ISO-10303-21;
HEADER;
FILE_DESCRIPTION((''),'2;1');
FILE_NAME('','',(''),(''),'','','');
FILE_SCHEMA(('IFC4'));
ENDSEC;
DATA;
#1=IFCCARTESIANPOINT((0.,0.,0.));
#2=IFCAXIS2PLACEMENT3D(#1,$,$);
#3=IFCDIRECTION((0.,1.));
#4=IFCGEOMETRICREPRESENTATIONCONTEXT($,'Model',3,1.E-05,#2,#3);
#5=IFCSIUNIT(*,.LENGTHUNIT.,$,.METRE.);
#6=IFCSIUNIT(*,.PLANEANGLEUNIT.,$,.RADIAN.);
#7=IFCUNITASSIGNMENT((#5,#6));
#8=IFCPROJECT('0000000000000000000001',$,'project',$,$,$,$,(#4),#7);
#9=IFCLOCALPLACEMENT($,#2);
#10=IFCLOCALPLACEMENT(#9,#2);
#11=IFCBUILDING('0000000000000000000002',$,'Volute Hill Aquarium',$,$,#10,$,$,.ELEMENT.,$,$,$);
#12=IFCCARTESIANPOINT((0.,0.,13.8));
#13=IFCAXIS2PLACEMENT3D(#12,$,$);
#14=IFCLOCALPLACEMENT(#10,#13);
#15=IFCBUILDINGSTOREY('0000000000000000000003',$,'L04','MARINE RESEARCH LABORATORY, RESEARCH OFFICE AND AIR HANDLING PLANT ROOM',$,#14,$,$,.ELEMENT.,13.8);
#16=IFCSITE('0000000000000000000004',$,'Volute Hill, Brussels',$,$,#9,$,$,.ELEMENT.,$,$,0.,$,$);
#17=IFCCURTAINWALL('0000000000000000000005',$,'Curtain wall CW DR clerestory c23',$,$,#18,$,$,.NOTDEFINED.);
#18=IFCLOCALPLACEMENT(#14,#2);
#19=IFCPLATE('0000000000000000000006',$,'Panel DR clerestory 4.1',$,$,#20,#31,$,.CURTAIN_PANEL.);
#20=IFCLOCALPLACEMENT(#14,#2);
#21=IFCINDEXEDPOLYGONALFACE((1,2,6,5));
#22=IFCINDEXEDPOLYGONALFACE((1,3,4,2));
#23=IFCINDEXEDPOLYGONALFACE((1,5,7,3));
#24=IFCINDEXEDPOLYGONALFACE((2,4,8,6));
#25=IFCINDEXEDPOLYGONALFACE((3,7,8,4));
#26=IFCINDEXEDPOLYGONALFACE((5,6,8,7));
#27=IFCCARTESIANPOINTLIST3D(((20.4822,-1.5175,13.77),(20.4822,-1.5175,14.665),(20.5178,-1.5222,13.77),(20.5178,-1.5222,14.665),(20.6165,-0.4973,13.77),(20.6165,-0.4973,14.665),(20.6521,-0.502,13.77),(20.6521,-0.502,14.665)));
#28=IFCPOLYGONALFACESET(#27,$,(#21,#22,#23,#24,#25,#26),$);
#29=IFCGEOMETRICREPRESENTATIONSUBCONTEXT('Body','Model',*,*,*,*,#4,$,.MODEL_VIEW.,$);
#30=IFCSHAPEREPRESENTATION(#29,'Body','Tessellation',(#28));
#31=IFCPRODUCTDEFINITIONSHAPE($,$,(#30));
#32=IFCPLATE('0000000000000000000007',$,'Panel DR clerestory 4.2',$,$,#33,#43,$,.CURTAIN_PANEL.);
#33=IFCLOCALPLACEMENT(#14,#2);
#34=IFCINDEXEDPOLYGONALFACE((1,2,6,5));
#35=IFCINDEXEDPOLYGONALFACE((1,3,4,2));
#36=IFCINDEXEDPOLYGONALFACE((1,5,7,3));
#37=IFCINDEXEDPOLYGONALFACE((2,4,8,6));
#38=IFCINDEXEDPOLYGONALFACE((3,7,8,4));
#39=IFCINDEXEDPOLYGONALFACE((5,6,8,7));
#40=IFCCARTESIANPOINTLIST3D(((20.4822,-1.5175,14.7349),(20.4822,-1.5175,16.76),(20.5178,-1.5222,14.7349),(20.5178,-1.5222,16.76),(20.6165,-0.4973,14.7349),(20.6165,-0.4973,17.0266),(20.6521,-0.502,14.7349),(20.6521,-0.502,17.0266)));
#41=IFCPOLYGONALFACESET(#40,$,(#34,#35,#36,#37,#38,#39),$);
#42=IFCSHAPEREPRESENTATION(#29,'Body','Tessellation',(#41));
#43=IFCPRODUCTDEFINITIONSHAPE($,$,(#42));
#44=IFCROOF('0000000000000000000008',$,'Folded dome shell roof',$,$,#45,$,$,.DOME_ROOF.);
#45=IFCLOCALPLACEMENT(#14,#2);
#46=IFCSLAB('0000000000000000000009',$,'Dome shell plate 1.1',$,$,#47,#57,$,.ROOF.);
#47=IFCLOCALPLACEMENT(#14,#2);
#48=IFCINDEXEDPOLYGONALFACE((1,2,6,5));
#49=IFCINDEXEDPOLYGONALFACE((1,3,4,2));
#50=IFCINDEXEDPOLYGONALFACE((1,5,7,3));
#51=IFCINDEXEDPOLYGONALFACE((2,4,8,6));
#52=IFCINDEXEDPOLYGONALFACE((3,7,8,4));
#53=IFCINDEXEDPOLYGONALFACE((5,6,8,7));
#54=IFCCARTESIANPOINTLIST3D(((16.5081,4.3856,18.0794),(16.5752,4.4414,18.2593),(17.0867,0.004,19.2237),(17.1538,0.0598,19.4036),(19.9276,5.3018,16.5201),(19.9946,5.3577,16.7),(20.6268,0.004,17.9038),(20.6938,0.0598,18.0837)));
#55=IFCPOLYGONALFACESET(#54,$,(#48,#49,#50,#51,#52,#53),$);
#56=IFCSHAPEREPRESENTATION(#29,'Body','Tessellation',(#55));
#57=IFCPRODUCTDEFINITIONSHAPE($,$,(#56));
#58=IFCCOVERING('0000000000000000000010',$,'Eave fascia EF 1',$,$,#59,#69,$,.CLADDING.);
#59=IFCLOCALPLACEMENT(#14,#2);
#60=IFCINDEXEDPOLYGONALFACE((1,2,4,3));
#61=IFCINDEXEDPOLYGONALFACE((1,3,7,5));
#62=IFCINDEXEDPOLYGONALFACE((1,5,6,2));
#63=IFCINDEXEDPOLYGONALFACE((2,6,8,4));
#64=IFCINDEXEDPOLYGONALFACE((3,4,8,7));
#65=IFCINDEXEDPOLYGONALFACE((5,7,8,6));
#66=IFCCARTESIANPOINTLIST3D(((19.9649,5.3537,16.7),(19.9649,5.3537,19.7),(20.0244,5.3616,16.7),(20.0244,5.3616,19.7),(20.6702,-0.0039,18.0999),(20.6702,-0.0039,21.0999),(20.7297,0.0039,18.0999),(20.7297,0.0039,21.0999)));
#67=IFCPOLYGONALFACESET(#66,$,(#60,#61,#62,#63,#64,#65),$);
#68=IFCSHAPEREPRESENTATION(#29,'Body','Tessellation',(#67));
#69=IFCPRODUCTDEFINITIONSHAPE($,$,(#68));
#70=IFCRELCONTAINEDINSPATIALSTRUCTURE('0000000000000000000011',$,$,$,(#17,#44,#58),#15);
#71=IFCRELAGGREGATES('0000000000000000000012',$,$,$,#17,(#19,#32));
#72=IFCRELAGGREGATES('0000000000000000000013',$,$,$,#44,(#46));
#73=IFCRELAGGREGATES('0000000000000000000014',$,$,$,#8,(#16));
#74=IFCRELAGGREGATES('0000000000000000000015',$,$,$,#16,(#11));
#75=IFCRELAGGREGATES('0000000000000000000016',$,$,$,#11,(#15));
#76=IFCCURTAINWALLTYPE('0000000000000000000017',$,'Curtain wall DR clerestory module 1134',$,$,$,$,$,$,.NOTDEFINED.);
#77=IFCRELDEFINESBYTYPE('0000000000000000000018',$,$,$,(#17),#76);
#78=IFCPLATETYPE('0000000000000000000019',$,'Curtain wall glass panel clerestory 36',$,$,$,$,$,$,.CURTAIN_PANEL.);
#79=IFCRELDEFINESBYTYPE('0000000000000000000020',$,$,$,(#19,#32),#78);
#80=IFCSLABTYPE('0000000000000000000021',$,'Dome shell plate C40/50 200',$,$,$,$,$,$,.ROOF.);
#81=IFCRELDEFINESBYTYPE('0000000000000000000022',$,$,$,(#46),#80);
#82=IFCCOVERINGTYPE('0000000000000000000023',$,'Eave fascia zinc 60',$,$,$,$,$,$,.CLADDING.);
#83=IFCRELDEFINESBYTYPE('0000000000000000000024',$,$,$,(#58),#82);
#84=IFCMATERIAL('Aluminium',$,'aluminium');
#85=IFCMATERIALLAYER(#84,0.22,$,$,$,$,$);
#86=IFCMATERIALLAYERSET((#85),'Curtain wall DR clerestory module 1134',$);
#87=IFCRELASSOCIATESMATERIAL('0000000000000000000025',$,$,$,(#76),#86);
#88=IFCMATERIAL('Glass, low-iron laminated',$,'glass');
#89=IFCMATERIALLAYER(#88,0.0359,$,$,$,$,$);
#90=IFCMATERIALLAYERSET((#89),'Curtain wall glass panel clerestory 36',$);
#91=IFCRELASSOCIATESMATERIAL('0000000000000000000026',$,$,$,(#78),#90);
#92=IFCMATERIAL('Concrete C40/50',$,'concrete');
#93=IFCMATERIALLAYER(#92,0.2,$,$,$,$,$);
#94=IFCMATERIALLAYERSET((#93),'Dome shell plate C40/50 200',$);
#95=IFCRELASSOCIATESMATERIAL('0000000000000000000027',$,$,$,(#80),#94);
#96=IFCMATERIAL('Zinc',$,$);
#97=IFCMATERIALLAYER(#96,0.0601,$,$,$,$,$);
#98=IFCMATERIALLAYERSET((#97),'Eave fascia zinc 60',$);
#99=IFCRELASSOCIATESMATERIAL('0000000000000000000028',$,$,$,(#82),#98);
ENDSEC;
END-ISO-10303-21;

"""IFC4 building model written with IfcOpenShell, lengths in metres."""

from ifc_helpers import new_model, si_unit, direction, frame, origin, origin_2d, place, context, subcontext, project, spatial, polyline, rectangle, outline, extrude, material, layer, layer_set, type_object, element, aggregate, save


model = new_model("IFC4")

# Units and contexts
model_context = context("Model", 3, precision=1e-05, world=origin(), true_north=direction((0.0, 1.0)))
body_context = subcontext(model_context, "Body", "Model", "MODEL_VIEW")
ifc_project = project(units=[si_unit("LENGTHUNIT", "METRE"), si_unit("PLANEANGLEUNIT", "RADIAN")], contexts=[model_context])

# Site, building, storey
site_placement = place(None, origin())
site = spatial("IfcSite", under=ifc_project, at=site_placement, Name="Volute Hill, Brussels", CompositionType="ELEMENT", RefElevation=0.0)
building_placement = place(site_placement, origin())
building = spatial("IfcBuilding", under=site, at=building_placement, Name="Volute Hill Aquarium", CompositionType="ELEMENT")
storey_placement = place(building_placement, frame((0.0, 0.0, 13.8)))
storey = spatial("IfcBuildingStorey", under=building, at=storey_placement, Name="L04", Description="MARINE RESEARCH LABORATORY, RESEARCH OFFICE AND AIR HANDLING PLANT ROOM", CompositionType="ELEMENT", Elevation=13.8)

# Shared definitions
ifc_material_1 = material(Name="Aluminium", Category="aluminium")
ifc_layer_1 = layer(ifc_material_1, 0.22)
ifc_layer_set_1 = layer_set([ifc_layer_1], Name="Curtain wall DR clerestory module 1134")
curtain_wall_type = type_object("IfcCurtainWallType", Name="Curtain wall DR clerestory module 1134", PredefinedType="NOTDEFINED", material=ifc_layer_set_1)

# Curtain wall
curtain_wall_1_placement = place(storey_placement, origin())
curtain_wall_1 = element("IfcCurtainWall", 1, at=curtain_wall_1_placement, inside=storey, type_object=curtain_wall_type, Name="Curtain wall CW DR clerestory c23", PredefinedType="NOTDEFINED")

# Plates
ifc_material_2 = material(Name="Glass, low-iron laminated", Category="glass")
ifc_layer_2 = layer(ifc_material_2, 0.0359)
ifc_layer_set_2 = layer_set([ifc_layer_2], Name="Curtain wall glass panel clerestory 36")
plate_type = type_object("IfcPlateType", Name="Curtain wall glass panel clerestory 36", PredefinedType="CURTAIN_PANEL", material=ifc_layer_set_2)
plate_1_placement = place(storey_placement, frame((20.5671, -1.0098, 13.77), z_axis=(0.0, 0.0, 1.0), x_axis=(0.130519, 0.991446, 0.0)))
plate_1 = element("IfcPlate", 2, at=plate_1_placement, type_object=plate_type, Name="Panel DR clerestory 4.1", PredefinedType="CURTAIN_PANEL", context=body_context, shape_type="SweptSolid", body=[
    extrude(rectangle(XDim=1.0291, YDim=0.0359, at=origin_2d()), origin(), (0.0, 0.0, 1.0), 0.895),
])
plate_2_placement = place(storey_placement, frame((20.5178, -1.5222, 14.7349), z_axis=(0.99145, -0.130485, 0.0), x_axis=(0.130485, 0.99145, 0.0)))
plate_2 = element("IfcPlate", 3, at=plate_2_placement, type_object=plate_type, Name="Panel DR clerestory 4.2", PredefinedType="CURTAIN_PANEL", context=body_context, shape_type="SweptSolid", body=[
    extrude(outline(polyline([(0.0, 0.0), (1.0291, 0.0), (1.0291, 2.2917), (0.0, 2.0251), (0.0, 0.0)])), origin(), (0.0, 0.0, -1.0), 0.0359),
])
aggregate(curtain_wall_1, [plate_1, plate_2])

# Roof, slab
roof_placement = place(storey_placement, origin())
roof = element("IfcRoof", 4, at=roof_placement, inside=storey, Name="Folded dome shell roof", PredefinedType="DOME_ROOF")
ifc_material_3 = material(Name="Concrete C40/50", Category="concrete")
ifc_layer_3 = layer(ifc_material_3, 0.2)
ifc_layer_set_3 = layer_set([ifc_layer_3], Name="Dome shell plate C40/50 200")
slab_type = type_object("IfcSlabType", Name="Dome shell plate C40/50 200", PredefinedType="ROOF", material=ifc_layer_set_3)
slab_placement = place(storey_placement, frame((20.6938, 0.0598, 18.0837), z_axis=(0.335446, 0.279271, 0.899713), x_axis=(-0.126667, 0.959747, -0.250679)))
slab = element("IfcSlab", 5, at=slab_placement, type_object=slab_type, Name="Dome shell plate 1.1", PredefinedType="ROOF", context=body_context, shape_type="SweptSolid", body=[
    extrude(outline(polyline([(0.0, 0.0), (5.5201, 0.0), (4.6829, 3.7766), (0.1176, 3.7762), (0.0, 0.0)])), origin(), (0.0, 0.0, -1.0), 0.2),
])
aggregate(roof, [slab])

# Covering
ifc_material_4 = material(Name="Zinc")
ifc_layer_4 = layer(ifc_material_4, 0.0601)
ifc_layer_set_4 = layer_set([ifc_layer_4], Name="Eave fascia zinc 60")
covering_type = type_object("IfcCoveringType", Name="Eave fascia zinc 60", PredefinedType="CLADDING", material=ifc_layer_set_4)
covering_placement = place(storey_placement, frame((20.7297, 0.0039, 18.0999), z_axis=(0.991446, 0.130521, 0.0), x_axis=(-0.12635, 0.959764, -0.250776)))
element("IfcCovering", 6, at=covering_placement, inside=storey, type_object=covering_type, Name="Eave fascia EF 1", PredefinedType="CLADDING", context=body_context, shape_type="SweptSolid", body=[
    extrude(outline(polyline([(0.0, 0.0), (5.5823, 0.0), (4.8299, 2.9041), (-0.7523, 2.9041), (0.0, 0.0)])), origin(), (0.0, 0.0, -1.0), 0.0601),
])

save(model, "model.ifc")
